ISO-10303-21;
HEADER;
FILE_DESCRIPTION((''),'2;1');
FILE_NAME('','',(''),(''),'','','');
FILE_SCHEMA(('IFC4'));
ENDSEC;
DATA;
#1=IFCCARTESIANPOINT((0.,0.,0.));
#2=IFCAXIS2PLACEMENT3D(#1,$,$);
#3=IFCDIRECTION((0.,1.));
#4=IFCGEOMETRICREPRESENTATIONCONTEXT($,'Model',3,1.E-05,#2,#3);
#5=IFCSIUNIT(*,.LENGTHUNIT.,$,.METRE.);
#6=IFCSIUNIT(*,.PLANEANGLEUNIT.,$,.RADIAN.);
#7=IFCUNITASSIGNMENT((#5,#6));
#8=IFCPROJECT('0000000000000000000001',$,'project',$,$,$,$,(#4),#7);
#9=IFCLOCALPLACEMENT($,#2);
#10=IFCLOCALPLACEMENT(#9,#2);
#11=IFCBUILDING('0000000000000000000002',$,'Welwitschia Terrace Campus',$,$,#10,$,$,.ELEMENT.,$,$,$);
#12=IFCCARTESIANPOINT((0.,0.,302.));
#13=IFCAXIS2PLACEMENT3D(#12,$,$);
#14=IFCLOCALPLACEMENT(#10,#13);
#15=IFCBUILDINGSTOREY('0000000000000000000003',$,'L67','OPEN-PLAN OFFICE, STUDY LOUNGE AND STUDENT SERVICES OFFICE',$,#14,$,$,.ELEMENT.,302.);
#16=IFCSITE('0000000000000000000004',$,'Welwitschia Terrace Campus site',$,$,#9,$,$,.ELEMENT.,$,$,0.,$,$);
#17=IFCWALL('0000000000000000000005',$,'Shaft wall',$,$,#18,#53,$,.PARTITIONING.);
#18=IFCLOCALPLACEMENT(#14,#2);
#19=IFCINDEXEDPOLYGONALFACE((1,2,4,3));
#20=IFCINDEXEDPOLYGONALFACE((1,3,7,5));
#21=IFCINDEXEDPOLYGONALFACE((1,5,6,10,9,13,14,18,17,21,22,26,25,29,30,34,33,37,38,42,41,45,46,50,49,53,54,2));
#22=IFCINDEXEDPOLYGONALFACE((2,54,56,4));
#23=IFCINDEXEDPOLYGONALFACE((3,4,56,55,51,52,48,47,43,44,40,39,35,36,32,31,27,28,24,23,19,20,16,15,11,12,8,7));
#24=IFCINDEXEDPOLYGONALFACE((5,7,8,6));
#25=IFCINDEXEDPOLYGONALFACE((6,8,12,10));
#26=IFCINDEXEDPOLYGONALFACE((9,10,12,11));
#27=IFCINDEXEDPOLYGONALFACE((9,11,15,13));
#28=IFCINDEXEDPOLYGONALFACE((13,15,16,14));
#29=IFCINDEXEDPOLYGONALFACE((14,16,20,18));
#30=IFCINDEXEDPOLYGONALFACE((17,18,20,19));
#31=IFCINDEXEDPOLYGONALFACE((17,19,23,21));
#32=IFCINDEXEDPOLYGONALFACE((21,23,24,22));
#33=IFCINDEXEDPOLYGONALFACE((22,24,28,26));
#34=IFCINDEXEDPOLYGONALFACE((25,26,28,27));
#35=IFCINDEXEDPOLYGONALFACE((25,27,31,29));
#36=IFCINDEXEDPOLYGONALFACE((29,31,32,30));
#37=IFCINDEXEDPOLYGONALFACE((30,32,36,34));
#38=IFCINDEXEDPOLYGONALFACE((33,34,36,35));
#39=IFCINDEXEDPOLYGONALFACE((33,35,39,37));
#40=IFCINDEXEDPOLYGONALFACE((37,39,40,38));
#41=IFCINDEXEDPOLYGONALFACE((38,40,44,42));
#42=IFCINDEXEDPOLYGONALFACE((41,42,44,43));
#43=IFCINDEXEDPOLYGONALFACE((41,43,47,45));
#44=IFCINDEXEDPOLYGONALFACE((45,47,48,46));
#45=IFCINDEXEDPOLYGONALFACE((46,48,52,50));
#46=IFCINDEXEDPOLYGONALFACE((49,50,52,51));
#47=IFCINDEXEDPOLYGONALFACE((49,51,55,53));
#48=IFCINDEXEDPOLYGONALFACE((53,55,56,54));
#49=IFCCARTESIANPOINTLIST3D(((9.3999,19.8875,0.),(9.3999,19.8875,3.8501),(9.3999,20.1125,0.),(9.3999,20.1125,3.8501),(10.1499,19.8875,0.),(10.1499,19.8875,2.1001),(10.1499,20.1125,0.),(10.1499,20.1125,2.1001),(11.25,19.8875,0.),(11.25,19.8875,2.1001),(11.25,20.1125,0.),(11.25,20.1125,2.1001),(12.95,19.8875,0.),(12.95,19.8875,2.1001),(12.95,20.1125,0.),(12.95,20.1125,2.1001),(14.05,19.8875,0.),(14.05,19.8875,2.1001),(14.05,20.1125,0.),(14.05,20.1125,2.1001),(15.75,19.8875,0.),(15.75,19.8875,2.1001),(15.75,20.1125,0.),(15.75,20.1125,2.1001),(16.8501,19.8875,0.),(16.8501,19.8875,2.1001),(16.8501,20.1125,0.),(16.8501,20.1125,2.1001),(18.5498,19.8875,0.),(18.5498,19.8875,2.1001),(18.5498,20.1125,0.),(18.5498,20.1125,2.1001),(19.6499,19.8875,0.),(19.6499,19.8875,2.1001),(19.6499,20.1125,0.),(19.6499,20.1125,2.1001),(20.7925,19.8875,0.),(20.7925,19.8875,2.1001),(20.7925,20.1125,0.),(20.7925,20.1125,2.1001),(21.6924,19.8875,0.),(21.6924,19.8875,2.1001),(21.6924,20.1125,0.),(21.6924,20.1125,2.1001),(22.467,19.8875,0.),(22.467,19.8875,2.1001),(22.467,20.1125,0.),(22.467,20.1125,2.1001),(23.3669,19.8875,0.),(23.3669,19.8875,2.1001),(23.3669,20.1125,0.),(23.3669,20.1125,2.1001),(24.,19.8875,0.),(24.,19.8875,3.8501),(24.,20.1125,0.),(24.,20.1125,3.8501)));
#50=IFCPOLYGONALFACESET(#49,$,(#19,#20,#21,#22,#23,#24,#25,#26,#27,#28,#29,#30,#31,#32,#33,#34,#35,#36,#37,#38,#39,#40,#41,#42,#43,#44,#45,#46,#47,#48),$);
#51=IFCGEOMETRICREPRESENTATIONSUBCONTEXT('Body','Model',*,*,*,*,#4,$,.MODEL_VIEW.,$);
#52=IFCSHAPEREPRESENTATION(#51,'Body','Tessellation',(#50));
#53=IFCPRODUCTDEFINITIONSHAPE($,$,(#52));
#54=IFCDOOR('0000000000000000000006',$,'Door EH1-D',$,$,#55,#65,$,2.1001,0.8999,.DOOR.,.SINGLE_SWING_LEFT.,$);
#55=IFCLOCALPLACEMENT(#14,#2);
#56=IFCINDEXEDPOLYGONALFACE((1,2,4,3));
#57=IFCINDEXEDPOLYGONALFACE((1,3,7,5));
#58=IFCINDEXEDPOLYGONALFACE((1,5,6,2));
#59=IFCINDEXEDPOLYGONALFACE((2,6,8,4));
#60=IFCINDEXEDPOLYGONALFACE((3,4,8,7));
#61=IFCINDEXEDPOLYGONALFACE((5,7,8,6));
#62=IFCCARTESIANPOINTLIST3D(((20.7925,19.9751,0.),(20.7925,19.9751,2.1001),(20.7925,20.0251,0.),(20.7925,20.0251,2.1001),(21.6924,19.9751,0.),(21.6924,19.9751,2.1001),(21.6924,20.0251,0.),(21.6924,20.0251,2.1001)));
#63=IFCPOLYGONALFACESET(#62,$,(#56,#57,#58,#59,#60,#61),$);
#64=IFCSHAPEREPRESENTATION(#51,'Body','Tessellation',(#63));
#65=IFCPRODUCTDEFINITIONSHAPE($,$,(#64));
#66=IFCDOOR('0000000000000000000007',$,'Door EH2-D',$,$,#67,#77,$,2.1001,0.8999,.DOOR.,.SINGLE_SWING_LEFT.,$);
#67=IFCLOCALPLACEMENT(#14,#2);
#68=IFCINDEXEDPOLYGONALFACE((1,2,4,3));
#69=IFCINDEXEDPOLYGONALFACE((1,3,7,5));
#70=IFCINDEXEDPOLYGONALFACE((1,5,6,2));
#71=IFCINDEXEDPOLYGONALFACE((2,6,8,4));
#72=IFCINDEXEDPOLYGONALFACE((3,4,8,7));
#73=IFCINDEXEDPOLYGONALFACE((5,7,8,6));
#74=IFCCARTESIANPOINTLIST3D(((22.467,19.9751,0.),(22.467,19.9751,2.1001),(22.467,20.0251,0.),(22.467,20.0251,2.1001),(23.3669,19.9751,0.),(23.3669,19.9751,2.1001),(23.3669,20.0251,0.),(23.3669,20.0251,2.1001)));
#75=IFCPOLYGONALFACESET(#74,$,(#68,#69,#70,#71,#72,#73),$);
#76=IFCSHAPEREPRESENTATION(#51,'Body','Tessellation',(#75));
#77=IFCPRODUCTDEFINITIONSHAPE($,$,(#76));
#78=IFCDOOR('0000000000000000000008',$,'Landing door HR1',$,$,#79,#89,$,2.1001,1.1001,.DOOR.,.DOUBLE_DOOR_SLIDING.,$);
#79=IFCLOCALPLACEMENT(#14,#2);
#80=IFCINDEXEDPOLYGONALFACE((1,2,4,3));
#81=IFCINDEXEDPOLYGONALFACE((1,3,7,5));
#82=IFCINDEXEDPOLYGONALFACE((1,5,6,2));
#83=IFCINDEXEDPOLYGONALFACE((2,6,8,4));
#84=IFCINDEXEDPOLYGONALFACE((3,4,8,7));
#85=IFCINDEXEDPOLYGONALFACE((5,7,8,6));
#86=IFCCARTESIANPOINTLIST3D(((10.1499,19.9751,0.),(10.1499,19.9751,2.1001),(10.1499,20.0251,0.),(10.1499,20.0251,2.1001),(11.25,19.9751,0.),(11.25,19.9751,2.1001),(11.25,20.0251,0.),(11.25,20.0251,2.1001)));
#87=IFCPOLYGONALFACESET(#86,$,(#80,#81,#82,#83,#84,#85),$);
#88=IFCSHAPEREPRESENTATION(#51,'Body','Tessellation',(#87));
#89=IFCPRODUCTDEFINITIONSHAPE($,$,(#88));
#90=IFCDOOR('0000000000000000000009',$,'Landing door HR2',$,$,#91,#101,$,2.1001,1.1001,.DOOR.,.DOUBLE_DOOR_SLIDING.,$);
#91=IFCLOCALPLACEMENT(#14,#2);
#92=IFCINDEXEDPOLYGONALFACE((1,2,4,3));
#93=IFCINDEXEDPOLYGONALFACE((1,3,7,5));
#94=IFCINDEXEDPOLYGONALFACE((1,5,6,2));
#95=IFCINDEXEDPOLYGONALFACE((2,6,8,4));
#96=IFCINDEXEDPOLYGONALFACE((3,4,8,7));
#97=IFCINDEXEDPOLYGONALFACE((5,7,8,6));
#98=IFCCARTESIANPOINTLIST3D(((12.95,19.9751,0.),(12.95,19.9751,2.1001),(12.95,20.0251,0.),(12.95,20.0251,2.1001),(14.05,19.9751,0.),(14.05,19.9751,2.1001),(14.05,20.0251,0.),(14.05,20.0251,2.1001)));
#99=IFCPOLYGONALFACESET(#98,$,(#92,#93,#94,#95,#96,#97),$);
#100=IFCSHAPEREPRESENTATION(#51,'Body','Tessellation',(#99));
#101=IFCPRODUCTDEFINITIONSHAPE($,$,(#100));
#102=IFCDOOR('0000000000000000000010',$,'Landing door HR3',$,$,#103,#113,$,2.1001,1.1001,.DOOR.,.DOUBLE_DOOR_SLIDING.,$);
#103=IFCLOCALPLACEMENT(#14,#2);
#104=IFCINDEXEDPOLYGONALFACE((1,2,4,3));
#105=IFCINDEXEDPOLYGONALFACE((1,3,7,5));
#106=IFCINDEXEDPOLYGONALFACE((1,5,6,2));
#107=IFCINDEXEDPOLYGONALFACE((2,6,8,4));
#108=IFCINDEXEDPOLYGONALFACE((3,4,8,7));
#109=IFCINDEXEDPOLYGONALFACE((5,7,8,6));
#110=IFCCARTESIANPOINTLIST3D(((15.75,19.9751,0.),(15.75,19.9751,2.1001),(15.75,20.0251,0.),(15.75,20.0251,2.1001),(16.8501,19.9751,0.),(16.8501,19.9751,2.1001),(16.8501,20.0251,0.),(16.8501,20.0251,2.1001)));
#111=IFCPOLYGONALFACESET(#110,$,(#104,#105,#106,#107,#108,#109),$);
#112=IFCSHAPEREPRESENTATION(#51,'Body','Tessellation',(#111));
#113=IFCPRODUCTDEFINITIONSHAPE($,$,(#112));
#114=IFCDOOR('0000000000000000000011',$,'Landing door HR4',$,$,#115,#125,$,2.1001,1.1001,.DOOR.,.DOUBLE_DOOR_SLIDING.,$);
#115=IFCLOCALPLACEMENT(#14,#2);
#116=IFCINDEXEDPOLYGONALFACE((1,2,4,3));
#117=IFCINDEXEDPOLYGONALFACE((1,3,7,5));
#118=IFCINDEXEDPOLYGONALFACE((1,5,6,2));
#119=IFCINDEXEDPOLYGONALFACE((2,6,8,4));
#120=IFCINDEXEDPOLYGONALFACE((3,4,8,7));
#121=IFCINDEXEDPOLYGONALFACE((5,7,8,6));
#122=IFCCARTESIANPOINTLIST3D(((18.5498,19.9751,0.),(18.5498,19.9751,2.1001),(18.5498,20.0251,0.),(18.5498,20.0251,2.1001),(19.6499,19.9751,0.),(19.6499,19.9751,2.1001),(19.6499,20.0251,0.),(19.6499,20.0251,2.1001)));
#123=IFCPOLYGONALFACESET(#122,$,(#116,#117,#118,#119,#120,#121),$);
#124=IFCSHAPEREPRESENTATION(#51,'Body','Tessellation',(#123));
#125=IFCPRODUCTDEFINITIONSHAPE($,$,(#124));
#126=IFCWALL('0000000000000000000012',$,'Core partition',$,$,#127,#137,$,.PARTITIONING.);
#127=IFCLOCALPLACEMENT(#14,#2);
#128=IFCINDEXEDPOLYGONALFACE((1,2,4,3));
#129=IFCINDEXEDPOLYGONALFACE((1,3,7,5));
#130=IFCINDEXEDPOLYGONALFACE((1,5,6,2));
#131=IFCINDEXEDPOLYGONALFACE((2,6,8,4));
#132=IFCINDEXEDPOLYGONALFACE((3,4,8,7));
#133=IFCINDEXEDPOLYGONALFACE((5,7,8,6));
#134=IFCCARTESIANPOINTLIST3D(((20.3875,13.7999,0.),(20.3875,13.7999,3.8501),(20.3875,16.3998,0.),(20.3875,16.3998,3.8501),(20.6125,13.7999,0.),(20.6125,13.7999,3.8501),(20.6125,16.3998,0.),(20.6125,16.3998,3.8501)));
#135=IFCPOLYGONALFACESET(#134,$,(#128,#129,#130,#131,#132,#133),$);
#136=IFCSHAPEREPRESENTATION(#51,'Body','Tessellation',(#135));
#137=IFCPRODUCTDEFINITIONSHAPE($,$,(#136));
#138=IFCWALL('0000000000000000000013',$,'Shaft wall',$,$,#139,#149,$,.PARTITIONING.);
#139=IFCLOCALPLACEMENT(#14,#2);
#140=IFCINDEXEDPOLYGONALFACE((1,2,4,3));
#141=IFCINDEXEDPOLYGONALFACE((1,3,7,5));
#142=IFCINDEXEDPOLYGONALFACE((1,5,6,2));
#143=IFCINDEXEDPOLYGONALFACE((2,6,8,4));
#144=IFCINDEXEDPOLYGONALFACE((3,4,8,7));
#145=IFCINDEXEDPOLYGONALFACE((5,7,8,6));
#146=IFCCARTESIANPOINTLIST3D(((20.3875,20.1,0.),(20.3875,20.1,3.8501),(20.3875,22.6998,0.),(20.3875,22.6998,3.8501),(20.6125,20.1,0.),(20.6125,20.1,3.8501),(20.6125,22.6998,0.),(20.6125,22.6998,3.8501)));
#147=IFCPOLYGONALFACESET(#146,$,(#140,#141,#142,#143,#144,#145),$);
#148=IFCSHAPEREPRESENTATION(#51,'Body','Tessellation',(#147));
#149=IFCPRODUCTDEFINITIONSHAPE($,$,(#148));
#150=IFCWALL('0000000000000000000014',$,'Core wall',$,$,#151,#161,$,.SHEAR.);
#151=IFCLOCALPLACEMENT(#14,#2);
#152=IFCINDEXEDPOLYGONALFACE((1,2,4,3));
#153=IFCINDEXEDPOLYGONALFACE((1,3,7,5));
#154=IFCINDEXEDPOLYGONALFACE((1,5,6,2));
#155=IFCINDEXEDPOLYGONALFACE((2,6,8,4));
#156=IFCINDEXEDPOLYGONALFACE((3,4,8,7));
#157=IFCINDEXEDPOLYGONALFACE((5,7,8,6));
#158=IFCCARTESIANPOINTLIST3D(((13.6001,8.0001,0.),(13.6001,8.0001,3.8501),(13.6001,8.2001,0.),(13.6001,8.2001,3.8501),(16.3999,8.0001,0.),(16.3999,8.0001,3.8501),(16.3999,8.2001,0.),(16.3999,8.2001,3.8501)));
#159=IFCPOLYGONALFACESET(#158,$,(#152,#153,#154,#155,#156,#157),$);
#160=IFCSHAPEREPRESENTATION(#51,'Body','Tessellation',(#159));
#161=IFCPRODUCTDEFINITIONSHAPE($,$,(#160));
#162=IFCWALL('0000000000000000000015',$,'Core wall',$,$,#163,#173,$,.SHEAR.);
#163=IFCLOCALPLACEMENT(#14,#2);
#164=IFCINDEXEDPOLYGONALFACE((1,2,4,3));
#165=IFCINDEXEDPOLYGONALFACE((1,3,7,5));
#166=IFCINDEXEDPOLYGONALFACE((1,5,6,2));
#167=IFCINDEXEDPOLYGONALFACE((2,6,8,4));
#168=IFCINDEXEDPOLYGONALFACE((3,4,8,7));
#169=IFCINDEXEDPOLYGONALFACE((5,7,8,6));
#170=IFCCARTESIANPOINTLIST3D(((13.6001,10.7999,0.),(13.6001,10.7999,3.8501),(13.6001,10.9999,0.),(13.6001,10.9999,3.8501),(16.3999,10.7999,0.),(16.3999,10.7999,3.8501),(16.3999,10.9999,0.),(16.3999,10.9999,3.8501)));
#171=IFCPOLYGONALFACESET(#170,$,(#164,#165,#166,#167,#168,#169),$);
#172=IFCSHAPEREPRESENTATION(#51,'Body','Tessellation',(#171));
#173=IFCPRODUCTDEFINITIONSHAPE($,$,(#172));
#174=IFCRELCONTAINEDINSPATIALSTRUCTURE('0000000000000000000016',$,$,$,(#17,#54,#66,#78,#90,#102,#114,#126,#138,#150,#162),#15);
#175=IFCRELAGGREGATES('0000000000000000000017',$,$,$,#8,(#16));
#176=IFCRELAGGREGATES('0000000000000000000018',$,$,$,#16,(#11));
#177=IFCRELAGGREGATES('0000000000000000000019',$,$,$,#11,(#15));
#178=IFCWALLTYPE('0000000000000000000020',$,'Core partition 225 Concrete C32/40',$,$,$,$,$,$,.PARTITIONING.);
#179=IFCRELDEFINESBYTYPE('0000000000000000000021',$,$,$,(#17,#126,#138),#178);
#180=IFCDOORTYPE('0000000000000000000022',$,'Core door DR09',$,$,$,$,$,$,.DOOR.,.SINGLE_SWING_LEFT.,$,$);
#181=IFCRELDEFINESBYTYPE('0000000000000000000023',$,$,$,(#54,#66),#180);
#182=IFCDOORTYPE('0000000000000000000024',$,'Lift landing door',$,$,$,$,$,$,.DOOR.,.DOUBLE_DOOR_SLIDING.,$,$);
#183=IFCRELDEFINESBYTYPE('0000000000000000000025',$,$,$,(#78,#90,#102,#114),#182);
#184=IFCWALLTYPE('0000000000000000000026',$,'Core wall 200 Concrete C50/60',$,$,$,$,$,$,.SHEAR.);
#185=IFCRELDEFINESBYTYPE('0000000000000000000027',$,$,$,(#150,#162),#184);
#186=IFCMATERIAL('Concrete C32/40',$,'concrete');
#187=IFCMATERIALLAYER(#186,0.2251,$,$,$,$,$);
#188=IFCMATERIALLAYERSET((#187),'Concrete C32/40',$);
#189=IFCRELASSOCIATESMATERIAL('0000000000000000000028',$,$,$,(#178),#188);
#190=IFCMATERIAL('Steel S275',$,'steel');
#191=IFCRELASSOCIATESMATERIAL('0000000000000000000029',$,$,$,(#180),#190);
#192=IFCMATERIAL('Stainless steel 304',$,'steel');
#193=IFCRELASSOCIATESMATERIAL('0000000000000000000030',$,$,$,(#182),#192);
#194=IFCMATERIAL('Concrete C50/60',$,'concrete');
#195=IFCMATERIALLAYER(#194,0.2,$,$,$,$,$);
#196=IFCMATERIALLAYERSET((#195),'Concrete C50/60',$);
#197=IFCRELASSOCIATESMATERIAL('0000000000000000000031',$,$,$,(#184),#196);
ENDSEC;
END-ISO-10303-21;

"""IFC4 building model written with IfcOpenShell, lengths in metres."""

from ifc_helpers import new_model, si_unit, direction, frame, frame_2d, origin, place, context, subcontext, project, spatial, rectangle, extrude, material, layer, layer_set, type_object, element, fill, save


model = new_model("IFC4")

# Units and contexts
model_context = context("Model", 3, precision=1e-05, world=origin(), true_north=direction((0.0, 1.0)))
body_context = subcontext(model_context, "Body", "Model", "MODEL_VIEW")
ifc_project = project(units=[si_unit("LENGTHUNIT", "METRE"), si_unit("PLANEANGLEUNIT", "RADIAN")], contexts=[model_context])

# Site, building, storey
site_placement = place(None, origin())
site = spatial("IfcSite", under=ifc_project, at=site_placement, Name="Welwitschia Terrace Campus site", CompositionType="ELEMENT", RefElevation=0.0)
building_placement = place(site_placement, origin())
building = spatial("IfcBuilding", under=site, at=building_placement, Name="Welwitschia Terrace Campus", CompositionType="ELEMENT")
storey_placement = place(building_placement, frame((0.0, 0.0, 302.0)))
storey = spatial("IfcBuildingStorey", under=building, at=storey_placement, Name="L67", Description="OPEN-PLAN OFFICE, STUDY LOUNGE AND STUDENT SERVICES OFFICE", CompositionType="ELEMENT", Elevation=302.0)

# Shared definitions
ifc_material_1 = material(Name="Concrete C32/40", Category="concrete")
ifc_layer_1 = layer(ifc_material_1, 0.2251)
ifc_layer_set_1 = layer_set([ifc_layer_1], Name="Concrete C32/40")
wall_type_1 = type_object("IfcWallType", Name="Core partition 225 Concrete C32/40", PredefinedType="PARTITIONING", material=ifc_layer_set_1)

# Wall, openings, doors
wall_1_placement = place(storey_placement, frame((24.0, 20.0, 0.0), z_axis=(0.0, 0.0, 1.0), x_axis=(-1.0, 0.0, 0.0)))
wall_1 = element("IfcWall", 1, at=wall_1_placement, inside=storey, type_object=wall_type_1, Name="Shaft wall", PredefinedType="PARTITIONING", context=body_context, shape_type="SweptSolid", body=[
    extrude(rectangle(XDim=14.6001, YDim=0.2251, at=frame_2d((7.3, 0.0))), origin(), (0.0, 0.0, 1.0), 3.8501),
])
opening_1_placement = place(wall_1_placement, frame((12.75, 0.0, 0.0)))
opening_1 = element("IfcOpeningElement", 2, at=opening_1_placement, cuts=wall_1, PredefinedType="OPENING", context=body_context, shape_type="SweptSolid", body=[
    extrude(rectangle(XDim=1.1001, YDim=2.1001, at=frame_2d((0.55, 1.05))), frame((0.0, 0.1226, 0.0), z_axis=(0.0, -1.0, 0.0), x_axis=(1.0, 0.0, 0.0)), (0.0, 0.0, 1.0), 0.2451),
])
opening_2_placement = place(wall_1_placement, frame((9.95, 0.0, 0.0)))
opening_2 = element("IfcOpeningElement", 3, at=opening_2_placement, cuts=wall_1, PredefinedType="OPENING", context=body_context, shape_type="SweptSolid", body=[
    extrude(rectangle(XDim=1.1001, YDim=2.1001, at=frame_2d((0.55, 1.05))), frame((0.0, 0.1226, 0.0), z_axis=(0.0, -1.0, 0.0), x_axis=(1.0, 0.0, 0.0)), (0.0, 0.0, 1.0), 0.2451),
])
opening_3_placement = place(wall_1_placement, frame((7.1499, 0.0, 0.0)))
opening_3 = element("IfcOpeningElement", 4, at=opening_3_placement, cuts=wall_1, PredefinedType="OPENING", context=body_context, shape_type="SweptSolid", body=[
    extrude(rectangle(XDim=1.1001, YDim=2.1001, at=frame_2d((0.55, 1.05))), frame((0.0, 0.1226, 0.0), z_axis=(0.0, -1.0, 0.0), x_axis=(1.0, 0.0, 0.0)), (0.0, 0.0, 1.0), 0.2451),
])
opening_4_placement = place(wall_1_placement, frame((4.3501, 0.0, 0.0)))
opening_4 = element("IfcOpeningElement", 5, at=opening_4_placement, cuts=wall_1, PredefinedType="OPENING", context=body_context, shape_type="SweptSolid", body=[
    extrude(rectangle(XDim=1.1001, YDim=2.1001, at=frame_2d((0.55, 1.05))), frame((0.0, 0.1226, 0.0), z_axis=(0.0, -1.0, 0.0), x_axis=(1.0, 0.0, 0.0)), (0.0, 0.0, 1.0), 0.2451),
])
opening_5_placement = place(wall_1_placement, frame((2.3076, 0.0, 0.0)))
opening_5 = element("IfcOpeningElement", 6, at=opening_5_placement, cuts=wall_1, PredefinedType="OPENING", context=body_context, shape_type="SweptSolid", body=[
    extrude(rectangle(XDim=0.8999, YDim=2.1001, at=frame_2d((0.45, 1.05))), frame((0.0, 0.1226, 0.0), z_axis=(0.0, -1.0, 0.0), x_axis=(1.0, 0.0, 0.0)), (0.0, 0.0, 1.0), 0.2451),
])
opening_6_placement = place(wall_1_placement, frame((0.6331, 0.0, 0.0)))
opening_6 = element("IfcOpeningElement", 7, at=opening_6_placement, cuts=wall_1, PredefinedType="OPENING", context=body_context, shape_type="SweptSolid", body=[
    extrude(rectangle(XDim=0.8999, YDim=2.1001, at=frame_2d((0.45, 1.05))), frame((0.0, 0.1226, 0.0), z_axis=(0.0, -1.0, 0.0), x_axis=(1.0, 0.0, 0.0)), (0.0, 0.0, 1.0), 0.2451),
])
ifc_material_2 = material(Name="Steel S275", Category="steel")
door_type_1 = type_object("IfcDoorType", Name="Core door DR09", OperationType="SINGLE_SWING_LEFT", PredefinedType="DOOR", material=ifc_material_2)
door_1_placement = place(opening_5_placement, origin())
door_1 = element("IfcDoor", 8, at=door_1_placement, inside=storey, type_object=door_type_1, Name="Door EH1-D", OperationType="SINGLE_SWING_LEFT", OverallHeight=2.1001, OverallWidth=0.8999, PredefinedType="DOOR", context=body_context, shape_type="SweptSolid", body=[
    extrude(rectangle(XDim=0.8999, YDim=2.1001, at=frame_2d((0.45, 1.05))), frame((0.0, 0.0249, 0.0), z_axis=(0.0, -1.0, 0.0), x_axis=(1.0, 0.0, 0.0)), (0.0, 0.0, 1.0), 0.05),
])
fill(opening_5, door_1)
door_2_placement = place(opening_6_placement, origin())
door_2 = element("IfcDoor", 9, at=door_2_placement, inside=storey, type_object=door_type_1, Name="Door EH2-D", OperationType="SINGLE_SWING_LEFT", OverallHeight=2.1001, OverallWidth=0.8999, PredefinedType="DOOR", context=body_context, shape_type="SweptSolid", body=[
    extrude(rectangle(XDim=0.8999, YDim=2.1001, at=frame_2d((0.45, 1.05))), frame((0.0, 0.0249, 0.0), z_axis=(0.0, -1.0, 0.0), x_axis=(1.0, 0.0, 0.0)), (0.0, 0.0, 1.0), 0.05),
])
fill(opening_6, door_2)
ifc_material_3 = material(Name="Stainless steel 304", Category="steel")
door_type_2 = type_object("IfcDoorType", Name="Lift landing door", OperationType="DOUBLE_DOOR_SLIDING", PredefinedType="DOOR", material=ifc_material_3)
door_3_placement = place(opening_1_placement, origin())
door_3 = element("IfcDoor", 10, at=door_3_placement, inside=storey, type_object=door_type_2, Name="Landing door HR1", OperationType="DOUBLE_DOOR_SLIDING", OverallHeight=2.1001, OverallWidth=1.1001, PredefinedType="DOOR", context=body_context, shape_type="SweptSolid", body=[
    extrude(rectangle(XDim=1.1001, YDim=2.1001, at=frame_2d((0.55, 1.05))), frame((0.0, 0.0249, 0.0), z_axis=(0.0, -1.0, 0.0), x_axis=(1.0, 0.0, 0.0)), (0.0, 0.0, 1.0), 0.05),
])
fill(opening_1, door_3)
door_4_placement = place(opening_2_placement, origin())
door_4 = element("IfcDoor", 11, at=door_4_placement, inside=storey, type_object=door_type_2, Name="Landing door HR2", OperationType="DOUBLE_DOOR_SLIDING", OverallHeight=2.1001, OverallWidth=1.1001, PredefinedType="DOOR", context=body_context, shape_type="SweptSolid", body=[
    extrude(rectangle(XDim=1.1001, YDim=2.1001, at=frame_2d((0.55, 1.05))), frame((0.0, 0.0249, 0.0), z_axis=(0.0, -1.0, 0.0), x_axis=(1.0, 0.0, 0.0)), (0.0, 0.0, 1.0), 0.05),
])
fill(opening_2, door_4)
door_5_placement = place(opening_3_placement, origin())
door_5 = element("IfcDoor", 12, at=door_5_placement, inside=storey, type_object=door_type_2, Name="Landing door HR3", OperationType="DOUBLE_DOOR_SLIDING", OverallHeight=2.1001, OverallWidth=1.1001, PredefinedType="DOOR", context=body_context, shape_type="SweptSolid", body=[
    extrude(rectangle(XDim=1.1001, YDim=2.1001, at=frame_2d((0.55, 1.05))), frame((0.0, 0.0249, 0.0), z_axis=(0.0, -1.0, 0.0), x_axis=(1.0, 0.0, 0.0)), (0.0, 0.0, 1.0), 0.05),
])
fill(opening_3, door_5)
door_6_placement = place(opening_4_placement, origin())
door_6 = element("IfcDoor", 13, at=door_6_placement, inside=storey, type_object=door_type_2, Name="Landing door HR4", OperationType="DOUBLE_DOOR_SLIDING", OverallHeight=2.1001, OverallWidth=1.1001, PredefinedType="DOOR", context=body_context, shape_type="SweptSolid", body=[
    extrude(rectangle(XDim=1.1001, YDim=2.1001, at=frame_2d((0.55, 1.05))), frame((0.0, 0.0249, 0.0), z_axis=(0.0, -1.0, 0.0), x_axis=(1.0, 0.0, 0.0)), (0.0, 0.0, 1.0), 0.05),
])
fill(opening_4, door_6)

# Walls
for number, where, z_axis, x_axis, name in (
    (14, (20.5, 13.8, 0.0), (0.0, 0.0, 1.0), (0.0, 1.0, 0.0), "Core partition"),
    (15, (20.5, 20.1001, 0.0), (0.0, 0.0, 1.0), (0.0, 1.0, 0.0), "Shaft wall"),
):
    element("IfcWall", number, at=place(storey_placement, frame(where, z_axis=z_axis, x_axis=x_axis)), inside=storey, type_object=wall_type_1, Name=name, PredefinedType="PARTITIONING", context=body_context, shape_type="SweptSolid", body=[
        extrude(rectangle(XDim=2.5999, YDim=0.2251, at=frame_2d((1.2998, 0.0))), origin(), (0.0, 0.0, 1.0), 3.8501),
    ])
ifc_material_4 = material(Name="Concrete C50/60", Category="concrete")
ifc_layer_2 = layer(ifc_material_4, 0.2)
ifc_layer_set_2 = layer_set([ifc_layer_2], Name="Concrete C50/60")
wall_type_2 = type_object("IfcWallType", Name="Core wall 200 Concrete C50/60", PredefinedType="SHEAR", material=ifc_layer_set_2)
for number, where, z_axis, x_axis, name in (
    (16, (13.6001, 8.1001, 0.0), (0.0, 0.0, 1.0), (1.0, 0.0, 0.0), "Core wall"),
    (17, (13.6001, 10.8999, 0.0), (0.0, 0.0, 1.0), (1.0, 0.0, 0.0), "Core wall"),
):
    element("IfcWall", number, at=place(storey_placement, frame(where, z_axis=z_axis, x_axis=x_axis)), inside=storey, type_object=wall_type_2, Name=name, PredefinedType="SHEAR", context=body_context, shape_type="SweptSolid", body=[
        extrude(rectangle(XDim=2.7998, YDim=0.2, at=frame_2d((1.3999, 0.0))), origin(), (0.0, 0.0, 1.0), 3.8501),
    ])

save(model, "model.ifc")
